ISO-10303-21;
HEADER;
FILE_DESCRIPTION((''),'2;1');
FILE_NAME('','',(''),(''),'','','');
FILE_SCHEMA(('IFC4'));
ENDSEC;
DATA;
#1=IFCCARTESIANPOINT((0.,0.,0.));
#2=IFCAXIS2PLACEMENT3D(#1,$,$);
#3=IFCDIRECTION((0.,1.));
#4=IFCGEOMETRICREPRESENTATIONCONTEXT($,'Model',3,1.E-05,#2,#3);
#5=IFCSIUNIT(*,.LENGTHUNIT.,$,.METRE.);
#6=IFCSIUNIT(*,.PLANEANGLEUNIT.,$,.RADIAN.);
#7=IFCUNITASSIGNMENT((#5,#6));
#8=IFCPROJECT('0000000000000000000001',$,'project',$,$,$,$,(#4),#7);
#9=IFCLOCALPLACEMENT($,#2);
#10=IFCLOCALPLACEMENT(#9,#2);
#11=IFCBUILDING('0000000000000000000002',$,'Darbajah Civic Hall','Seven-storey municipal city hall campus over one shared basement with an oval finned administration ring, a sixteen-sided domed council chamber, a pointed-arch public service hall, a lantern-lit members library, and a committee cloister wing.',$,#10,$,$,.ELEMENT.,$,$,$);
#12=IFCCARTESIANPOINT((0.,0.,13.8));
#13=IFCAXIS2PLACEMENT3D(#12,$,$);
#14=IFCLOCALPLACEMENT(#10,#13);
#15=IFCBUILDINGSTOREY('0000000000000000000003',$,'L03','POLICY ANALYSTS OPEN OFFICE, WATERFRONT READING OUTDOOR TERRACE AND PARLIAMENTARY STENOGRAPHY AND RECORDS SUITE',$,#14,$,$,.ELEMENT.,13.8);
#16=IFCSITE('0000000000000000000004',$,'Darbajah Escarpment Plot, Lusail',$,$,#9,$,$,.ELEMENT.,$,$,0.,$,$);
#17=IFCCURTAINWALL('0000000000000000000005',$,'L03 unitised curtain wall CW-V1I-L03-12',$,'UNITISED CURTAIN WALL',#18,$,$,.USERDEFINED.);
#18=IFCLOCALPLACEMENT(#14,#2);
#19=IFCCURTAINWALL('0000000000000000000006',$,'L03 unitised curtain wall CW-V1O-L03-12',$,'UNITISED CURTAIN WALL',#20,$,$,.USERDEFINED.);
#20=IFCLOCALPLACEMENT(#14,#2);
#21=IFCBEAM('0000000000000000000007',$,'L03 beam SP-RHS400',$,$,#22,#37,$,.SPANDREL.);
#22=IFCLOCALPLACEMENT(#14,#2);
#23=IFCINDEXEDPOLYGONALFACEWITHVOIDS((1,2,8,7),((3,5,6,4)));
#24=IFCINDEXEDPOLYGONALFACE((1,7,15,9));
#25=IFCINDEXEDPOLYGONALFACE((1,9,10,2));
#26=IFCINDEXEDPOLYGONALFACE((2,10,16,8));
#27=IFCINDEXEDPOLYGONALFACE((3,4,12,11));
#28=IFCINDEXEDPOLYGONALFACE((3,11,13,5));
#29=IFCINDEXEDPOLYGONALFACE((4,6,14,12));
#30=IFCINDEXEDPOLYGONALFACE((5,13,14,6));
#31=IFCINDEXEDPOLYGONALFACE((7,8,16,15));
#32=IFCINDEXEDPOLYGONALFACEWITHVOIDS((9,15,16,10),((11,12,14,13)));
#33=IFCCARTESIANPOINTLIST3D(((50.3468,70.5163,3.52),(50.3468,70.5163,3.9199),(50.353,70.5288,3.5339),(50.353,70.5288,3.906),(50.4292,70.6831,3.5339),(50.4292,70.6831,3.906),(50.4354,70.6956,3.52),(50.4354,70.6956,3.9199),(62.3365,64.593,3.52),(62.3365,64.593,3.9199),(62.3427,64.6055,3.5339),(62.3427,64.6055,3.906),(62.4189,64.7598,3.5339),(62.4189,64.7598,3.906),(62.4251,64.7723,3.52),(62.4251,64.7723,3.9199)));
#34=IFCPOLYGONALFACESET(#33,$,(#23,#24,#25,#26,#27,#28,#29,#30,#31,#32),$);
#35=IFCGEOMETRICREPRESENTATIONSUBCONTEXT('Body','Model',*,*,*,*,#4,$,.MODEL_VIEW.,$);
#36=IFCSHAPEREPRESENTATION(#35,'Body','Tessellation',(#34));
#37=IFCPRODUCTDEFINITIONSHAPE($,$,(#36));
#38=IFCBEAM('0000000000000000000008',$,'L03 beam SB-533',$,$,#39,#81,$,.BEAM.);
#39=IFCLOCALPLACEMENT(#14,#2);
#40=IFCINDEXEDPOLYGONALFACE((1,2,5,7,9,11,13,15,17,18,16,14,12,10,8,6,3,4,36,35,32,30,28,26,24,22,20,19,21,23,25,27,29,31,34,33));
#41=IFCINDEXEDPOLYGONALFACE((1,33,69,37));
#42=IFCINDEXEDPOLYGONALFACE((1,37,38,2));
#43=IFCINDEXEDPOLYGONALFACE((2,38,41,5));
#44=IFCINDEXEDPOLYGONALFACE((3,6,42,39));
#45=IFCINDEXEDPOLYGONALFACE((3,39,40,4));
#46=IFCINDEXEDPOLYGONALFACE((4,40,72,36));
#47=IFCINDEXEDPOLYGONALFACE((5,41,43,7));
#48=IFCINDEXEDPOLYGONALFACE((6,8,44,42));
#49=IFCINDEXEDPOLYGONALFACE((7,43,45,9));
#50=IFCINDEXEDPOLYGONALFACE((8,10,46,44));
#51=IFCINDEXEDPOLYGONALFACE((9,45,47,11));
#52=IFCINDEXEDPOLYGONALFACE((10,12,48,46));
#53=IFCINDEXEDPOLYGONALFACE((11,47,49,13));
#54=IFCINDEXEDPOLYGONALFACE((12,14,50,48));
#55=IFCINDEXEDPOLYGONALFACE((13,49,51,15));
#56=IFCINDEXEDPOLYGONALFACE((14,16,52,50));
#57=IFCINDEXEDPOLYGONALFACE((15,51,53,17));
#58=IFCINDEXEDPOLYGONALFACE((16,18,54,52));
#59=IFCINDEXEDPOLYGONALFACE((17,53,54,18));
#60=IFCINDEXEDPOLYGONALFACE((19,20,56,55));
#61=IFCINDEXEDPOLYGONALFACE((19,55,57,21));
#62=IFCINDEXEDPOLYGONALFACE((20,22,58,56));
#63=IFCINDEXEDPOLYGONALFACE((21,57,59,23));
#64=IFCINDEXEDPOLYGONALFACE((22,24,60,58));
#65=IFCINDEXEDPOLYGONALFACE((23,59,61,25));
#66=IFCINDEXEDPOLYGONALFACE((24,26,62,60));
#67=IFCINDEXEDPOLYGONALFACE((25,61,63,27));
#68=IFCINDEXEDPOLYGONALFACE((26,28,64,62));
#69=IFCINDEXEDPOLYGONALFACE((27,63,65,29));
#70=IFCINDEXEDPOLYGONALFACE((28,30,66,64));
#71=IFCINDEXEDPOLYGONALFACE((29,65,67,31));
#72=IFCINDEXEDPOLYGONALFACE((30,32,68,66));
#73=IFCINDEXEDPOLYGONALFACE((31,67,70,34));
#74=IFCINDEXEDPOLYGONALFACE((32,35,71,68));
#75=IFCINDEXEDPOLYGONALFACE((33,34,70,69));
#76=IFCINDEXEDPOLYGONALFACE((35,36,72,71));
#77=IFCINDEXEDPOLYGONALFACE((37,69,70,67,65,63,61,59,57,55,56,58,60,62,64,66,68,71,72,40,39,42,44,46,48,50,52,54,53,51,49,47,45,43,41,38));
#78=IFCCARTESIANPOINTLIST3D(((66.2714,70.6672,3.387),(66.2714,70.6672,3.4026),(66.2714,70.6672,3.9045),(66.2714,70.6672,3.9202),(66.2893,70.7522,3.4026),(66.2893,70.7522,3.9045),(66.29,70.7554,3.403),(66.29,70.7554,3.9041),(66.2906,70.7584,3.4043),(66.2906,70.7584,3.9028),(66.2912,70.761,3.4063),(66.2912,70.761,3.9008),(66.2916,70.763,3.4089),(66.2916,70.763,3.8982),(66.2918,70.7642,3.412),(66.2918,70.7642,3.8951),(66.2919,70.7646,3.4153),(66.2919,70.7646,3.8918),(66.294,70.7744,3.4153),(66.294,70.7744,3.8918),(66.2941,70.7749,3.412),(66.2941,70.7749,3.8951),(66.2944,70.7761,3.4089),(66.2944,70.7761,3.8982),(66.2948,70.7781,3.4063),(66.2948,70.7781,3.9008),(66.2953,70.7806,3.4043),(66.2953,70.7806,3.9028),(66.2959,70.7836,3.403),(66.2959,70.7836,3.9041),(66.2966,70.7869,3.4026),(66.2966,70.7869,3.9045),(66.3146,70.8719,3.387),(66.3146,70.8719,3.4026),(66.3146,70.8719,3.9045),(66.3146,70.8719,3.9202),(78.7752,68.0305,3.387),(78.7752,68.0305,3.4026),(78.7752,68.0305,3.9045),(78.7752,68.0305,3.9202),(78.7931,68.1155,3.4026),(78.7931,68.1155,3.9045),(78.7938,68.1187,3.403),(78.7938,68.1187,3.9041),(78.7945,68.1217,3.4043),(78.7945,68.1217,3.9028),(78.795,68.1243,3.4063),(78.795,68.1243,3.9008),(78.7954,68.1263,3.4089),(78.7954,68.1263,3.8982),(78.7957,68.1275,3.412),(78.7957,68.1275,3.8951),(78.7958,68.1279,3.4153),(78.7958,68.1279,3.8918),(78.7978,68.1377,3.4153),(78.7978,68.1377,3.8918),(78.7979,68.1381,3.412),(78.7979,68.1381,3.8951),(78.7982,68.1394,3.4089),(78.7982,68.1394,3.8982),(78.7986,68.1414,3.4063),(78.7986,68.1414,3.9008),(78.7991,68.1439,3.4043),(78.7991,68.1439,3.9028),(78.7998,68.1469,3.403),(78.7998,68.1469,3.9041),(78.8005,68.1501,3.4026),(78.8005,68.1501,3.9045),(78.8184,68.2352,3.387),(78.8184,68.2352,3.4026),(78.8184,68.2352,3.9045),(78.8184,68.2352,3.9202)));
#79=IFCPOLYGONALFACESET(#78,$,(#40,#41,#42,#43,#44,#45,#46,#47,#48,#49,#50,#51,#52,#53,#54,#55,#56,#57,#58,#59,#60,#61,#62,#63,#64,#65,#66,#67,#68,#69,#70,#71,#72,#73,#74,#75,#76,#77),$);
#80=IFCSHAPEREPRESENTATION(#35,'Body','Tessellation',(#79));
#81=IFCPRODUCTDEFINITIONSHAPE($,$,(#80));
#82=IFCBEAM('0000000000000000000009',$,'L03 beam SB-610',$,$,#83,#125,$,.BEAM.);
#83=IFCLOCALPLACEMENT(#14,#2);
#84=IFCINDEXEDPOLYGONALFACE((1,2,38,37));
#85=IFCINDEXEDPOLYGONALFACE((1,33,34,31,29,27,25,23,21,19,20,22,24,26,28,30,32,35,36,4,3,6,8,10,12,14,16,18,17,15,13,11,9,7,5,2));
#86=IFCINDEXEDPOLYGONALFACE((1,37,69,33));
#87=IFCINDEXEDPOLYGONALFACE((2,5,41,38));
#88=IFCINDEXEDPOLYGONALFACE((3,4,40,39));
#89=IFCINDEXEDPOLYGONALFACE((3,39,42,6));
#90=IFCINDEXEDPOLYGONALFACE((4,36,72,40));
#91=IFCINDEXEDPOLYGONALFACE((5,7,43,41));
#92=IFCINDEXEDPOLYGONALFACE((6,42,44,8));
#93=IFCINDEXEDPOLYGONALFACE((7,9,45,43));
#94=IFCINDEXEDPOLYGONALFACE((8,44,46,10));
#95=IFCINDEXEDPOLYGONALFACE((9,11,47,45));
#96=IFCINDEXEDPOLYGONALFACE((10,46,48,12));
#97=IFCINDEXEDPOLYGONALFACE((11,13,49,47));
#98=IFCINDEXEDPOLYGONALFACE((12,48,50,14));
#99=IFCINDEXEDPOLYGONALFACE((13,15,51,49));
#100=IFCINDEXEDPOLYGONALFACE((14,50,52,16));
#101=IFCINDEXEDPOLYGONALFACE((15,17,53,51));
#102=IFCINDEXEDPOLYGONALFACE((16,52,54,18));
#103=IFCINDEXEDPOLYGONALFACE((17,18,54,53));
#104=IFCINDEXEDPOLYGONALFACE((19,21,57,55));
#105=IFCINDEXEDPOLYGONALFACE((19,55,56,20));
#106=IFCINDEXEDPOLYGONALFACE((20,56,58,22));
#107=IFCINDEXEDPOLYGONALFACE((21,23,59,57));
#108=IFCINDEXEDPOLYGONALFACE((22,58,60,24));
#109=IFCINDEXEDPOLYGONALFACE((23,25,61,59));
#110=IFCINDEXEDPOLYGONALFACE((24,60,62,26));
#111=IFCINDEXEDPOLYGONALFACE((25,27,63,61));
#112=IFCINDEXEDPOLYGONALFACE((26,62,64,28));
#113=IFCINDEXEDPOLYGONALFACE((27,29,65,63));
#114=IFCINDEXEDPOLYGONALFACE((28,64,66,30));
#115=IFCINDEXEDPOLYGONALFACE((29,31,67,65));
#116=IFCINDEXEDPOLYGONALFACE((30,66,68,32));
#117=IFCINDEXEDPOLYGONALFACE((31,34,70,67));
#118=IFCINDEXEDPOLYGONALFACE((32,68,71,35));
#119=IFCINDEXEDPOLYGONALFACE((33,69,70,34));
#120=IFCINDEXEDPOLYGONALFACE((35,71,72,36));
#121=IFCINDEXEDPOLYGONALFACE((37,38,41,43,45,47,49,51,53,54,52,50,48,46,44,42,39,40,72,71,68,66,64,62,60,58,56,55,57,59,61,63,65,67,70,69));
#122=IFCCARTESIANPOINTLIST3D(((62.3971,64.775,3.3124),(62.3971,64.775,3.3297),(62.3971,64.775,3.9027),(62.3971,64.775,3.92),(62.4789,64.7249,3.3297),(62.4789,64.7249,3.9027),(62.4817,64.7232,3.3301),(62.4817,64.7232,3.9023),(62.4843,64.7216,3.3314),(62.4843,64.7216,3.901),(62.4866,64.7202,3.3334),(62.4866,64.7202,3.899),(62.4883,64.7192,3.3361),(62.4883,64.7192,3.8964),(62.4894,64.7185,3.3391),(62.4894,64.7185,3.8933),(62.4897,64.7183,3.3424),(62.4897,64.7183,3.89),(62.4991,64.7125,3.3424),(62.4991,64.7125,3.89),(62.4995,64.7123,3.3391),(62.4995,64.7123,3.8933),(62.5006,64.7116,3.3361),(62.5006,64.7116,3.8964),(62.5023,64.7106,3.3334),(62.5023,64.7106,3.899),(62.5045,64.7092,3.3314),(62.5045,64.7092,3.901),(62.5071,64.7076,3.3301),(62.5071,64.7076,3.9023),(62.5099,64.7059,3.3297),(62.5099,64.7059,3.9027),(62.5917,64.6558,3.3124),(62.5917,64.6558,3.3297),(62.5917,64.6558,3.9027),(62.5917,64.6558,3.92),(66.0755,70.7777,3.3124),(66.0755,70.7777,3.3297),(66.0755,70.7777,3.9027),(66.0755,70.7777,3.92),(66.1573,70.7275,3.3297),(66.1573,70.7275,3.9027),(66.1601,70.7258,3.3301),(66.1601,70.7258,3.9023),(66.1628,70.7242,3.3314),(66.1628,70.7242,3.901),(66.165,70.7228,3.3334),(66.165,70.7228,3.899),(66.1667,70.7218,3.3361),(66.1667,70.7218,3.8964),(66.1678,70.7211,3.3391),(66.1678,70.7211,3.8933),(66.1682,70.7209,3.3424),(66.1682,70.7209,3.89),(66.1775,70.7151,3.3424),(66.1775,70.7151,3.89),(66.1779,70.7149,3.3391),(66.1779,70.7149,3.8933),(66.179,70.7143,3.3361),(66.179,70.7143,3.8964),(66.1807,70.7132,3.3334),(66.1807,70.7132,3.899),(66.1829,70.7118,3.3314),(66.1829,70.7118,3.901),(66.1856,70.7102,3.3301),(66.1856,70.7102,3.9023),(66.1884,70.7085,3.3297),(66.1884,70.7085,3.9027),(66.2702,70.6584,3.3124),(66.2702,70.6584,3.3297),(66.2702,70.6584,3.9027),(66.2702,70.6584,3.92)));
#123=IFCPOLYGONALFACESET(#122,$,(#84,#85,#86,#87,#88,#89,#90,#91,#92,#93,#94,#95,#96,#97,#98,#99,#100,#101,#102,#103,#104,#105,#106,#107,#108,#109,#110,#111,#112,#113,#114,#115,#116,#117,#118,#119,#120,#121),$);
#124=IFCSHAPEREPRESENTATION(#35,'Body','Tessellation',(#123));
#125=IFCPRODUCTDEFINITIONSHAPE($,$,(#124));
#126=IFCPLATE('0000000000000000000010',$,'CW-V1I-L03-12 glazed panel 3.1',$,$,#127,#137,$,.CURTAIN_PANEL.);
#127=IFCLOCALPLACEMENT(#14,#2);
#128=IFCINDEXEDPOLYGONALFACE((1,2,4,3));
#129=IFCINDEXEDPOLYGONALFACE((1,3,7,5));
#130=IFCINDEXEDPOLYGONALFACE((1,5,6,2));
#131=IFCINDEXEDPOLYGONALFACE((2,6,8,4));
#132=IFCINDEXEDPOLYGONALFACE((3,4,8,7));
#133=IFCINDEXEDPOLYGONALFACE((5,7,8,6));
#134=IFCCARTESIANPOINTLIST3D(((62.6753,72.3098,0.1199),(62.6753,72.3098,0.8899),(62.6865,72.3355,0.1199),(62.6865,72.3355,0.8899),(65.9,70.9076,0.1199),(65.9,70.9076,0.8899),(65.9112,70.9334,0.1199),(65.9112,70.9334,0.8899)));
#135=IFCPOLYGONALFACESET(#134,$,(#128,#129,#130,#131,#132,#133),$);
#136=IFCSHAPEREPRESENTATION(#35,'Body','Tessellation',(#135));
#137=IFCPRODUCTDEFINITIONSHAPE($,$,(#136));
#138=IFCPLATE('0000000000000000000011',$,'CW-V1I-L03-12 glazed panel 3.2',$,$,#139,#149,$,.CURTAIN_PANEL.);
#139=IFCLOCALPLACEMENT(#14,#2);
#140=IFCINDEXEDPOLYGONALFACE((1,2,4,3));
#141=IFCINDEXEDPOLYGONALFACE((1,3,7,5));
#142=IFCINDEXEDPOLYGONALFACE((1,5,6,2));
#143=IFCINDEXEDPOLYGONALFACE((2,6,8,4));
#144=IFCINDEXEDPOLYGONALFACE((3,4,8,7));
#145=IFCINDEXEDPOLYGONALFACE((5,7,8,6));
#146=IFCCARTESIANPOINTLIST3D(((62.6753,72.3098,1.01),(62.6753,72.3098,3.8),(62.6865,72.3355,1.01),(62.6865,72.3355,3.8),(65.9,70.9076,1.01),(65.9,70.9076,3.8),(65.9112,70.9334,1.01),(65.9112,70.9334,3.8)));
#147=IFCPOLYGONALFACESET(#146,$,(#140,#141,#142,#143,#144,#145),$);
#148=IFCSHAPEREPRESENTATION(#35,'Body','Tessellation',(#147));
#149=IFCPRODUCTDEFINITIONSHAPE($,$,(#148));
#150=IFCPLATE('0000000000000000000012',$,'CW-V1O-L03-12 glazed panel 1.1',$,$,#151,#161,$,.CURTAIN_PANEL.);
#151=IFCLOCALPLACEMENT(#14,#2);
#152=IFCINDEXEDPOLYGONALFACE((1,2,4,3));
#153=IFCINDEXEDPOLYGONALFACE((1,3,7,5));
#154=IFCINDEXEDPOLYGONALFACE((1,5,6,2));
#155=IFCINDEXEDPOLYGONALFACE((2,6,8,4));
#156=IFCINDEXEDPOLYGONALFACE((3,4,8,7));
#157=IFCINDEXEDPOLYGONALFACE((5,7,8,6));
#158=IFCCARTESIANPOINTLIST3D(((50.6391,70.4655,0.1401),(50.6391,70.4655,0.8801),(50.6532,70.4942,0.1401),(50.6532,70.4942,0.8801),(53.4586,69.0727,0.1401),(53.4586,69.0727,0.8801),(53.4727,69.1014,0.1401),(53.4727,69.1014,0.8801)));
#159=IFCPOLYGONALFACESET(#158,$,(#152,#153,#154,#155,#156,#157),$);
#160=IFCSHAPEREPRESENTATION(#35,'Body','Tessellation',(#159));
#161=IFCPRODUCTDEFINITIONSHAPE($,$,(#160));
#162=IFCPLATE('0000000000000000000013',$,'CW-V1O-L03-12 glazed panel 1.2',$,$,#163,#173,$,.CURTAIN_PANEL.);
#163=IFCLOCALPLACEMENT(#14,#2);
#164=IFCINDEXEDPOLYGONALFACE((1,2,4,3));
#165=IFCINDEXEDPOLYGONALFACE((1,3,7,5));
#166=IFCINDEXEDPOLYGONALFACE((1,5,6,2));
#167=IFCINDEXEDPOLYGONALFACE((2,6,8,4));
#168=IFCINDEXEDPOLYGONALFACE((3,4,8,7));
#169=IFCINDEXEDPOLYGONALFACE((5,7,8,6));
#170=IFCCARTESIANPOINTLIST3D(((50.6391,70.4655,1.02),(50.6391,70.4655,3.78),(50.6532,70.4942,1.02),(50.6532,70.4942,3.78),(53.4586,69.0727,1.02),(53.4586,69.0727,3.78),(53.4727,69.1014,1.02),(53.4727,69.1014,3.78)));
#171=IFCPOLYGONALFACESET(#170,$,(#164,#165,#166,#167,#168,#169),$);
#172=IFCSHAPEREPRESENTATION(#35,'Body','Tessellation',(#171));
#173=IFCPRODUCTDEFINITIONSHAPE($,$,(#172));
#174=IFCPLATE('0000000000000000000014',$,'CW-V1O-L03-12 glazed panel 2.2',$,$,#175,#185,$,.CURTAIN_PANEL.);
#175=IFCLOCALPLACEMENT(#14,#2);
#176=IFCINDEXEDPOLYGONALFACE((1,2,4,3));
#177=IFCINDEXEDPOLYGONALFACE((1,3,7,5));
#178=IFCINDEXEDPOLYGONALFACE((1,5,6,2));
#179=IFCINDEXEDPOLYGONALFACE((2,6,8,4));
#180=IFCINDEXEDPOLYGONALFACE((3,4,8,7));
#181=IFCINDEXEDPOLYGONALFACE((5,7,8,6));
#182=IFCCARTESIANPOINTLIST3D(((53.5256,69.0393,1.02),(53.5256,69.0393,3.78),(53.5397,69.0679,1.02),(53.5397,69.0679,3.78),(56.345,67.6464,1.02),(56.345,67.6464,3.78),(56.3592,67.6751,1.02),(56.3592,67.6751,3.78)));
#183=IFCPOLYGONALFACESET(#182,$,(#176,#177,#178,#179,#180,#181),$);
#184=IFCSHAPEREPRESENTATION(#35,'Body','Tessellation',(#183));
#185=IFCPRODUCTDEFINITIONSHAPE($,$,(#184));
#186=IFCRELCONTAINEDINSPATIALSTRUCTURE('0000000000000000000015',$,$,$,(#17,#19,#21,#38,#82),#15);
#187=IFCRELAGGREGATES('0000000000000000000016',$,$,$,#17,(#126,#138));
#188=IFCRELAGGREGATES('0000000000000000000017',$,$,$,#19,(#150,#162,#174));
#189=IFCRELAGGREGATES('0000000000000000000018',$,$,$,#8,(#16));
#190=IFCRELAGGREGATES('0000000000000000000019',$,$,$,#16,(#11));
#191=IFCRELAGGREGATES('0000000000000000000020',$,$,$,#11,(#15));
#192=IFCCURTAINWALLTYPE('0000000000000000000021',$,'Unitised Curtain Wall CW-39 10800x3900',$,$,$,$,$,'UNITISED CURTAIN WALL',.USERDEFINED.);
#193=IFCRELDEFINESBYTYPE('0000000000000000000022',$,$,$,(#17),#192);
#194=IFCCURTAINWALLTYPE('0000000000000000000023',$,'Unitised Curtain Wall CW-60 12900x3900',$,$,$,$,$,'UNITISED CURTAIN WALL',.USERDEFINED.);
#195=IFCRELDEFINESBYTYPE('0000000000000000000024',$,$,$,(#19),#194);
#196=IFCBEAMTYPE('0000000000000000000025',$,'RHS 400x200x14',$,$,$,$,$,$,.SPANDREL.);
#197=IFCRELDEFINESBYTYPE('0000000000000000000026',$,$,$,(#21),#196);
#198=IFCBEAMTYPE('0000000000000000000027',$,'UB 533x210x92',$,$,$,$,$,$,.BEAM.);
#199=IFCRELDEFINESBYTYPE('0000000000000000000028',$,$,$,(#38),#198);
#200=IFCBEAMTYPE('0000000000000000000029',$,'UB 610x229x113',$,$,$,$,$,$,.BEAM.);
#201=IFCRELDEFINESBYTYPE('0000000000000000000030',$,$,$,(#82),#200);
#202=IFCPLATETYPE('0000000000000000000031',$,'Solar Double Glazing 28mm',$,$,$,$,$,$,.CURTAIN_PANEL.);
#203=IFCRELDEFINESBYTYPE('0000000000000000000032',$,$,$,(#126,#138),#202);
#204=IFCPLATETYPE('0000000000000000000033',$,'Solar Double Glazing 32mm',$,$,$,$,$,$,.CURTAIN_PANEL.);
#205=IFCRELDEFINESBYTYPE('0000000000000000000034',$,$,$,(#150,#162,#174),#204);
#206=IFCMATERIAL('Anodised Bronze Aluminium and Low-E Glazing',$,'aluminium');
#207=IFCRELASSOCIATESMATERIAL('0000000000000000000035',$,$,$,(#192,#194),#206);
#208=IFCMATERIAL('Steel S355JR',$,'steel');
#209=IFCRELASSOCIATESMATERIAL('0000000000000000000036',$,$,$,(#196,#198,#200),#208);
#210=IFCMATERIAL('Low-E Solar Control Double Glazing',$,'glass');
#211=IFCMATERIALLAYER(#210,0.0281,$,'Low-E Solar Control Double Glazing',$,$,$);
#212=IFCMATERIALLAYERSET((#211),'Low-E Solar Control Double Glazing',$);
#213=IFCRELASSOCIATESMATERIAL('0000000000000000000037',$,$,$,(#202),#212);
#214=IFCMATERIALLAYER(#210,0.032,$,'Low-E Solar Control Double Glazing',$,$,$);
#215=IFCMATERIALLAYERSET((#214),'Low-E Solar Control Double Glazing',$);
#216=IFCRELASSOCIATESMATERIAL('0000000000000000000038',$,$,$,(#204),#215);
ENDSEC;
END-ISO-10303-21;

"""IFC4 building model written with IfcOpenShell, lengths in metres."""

from ifc_helpers import new_model, si_unit, direction, frame, origin, origin_2d, place, context, subcontext, project, spatial, rectangle, hollow_rectangle, i_section, extrude, material, layer, layer_set, material_profile, profile_set, type_object, element, aggregate, save


model = new_model("IFC4")

# Units and contexts
model_context = context("Model", 3, precision=1e-05, world=origin(), true_north=direction((0.0, 1.0)))
body_context = subcontext(model_context, "Body", "Model", "MODEL_VIEW")
ifc_project = project(units=[si_unit("LENGTHUNIT", "METRE"), si_unit("PLANEANGLEUNIT", "RADIAN")], contexts=[model_context])

# Site, building, storey
site_placement = place(None, origin())
site = spatial("IfcSite", under=ifc_project, at=site_placement, Name="Darbajah Escarpment Plot, Lusail", CompositionType="ELEMENT", RefElevation=0.0)
building_placement = place(site_placement, origin())
building = spatial("IfcBuilding", under=site, at=building_placement, Name="Darbajah Civic Hall", Description="Seven-storey municipal city hall campus over one shared basement with an oval finned administration ring, a sixteen-sided domed council chamber, a pointed-arch public service hall, a lantern-lit members library, and a committee cloister wing.", CompositionType="ELEMENT")
storey_placement = place(building_placement, frame((0.0, 0.0, 13.8)))
storey = spatial("IfcBuildingStorey", under=building, at=storey_placement, Name="L03", Description="POLICY ANALYSTS OPEN OFFICE, WATERFRONT READING OUTDOOR TERRACE AND PARLIAMENTARY STENOGRAPHY AND RECORDS SUITE", CompositionType="ELEMENT", Elevation=13.8)

# Curtain wall
ifc_material_1 = material(Name="Anodised Bronze Aluminium and Low-E Glazing", Category="aluminium")
curtain_wall_type_1 = type_object("IfcCurtainWallType", Name="Unitised Curtain Wall CW-39 10800x3900", ElementType="UNITISED CURTAIN WALL", PredefinedType="USERDEFINED", material=ifc_material_1)
curtain_wall_1_placement = place(storey_placement, origin())
curtain_wall_1 = element("IfcCurtainWall", 1, at=curtain_wall_1_placement, inside=storey, type_object=curtain_wall_type_1, Name="L03 unitised curtain wall CW-V1I-L03-12", ObjectType="UNITISED CURTAIN WALL", PredefinedType="USERDEFINED")

# Curtain wall
curtain_wall_type_2 = type_object("IfcCurtainWallType", Name="Unitised Curtain Wall CW-60 12900x3900", ElementType="UNITISED CURTAIN WALL", PredefinedType="USERDEFINED", material=ifc_material_1)
curtain_wall_2_placement = place(storey_placement, origin())
curtain_wall_2 = element("IfcCurtainWall", 2, at=curtain_wall_2_placement, inside=storey, type_object=curtain_wall_type_2, Name="L03 unitised curtain wall CW-V1O-L03-12", ObjectType="UNITISED CURTAIN WALL", PredefinedType="USERDEFINED")

# Beams
ifc_material_2 = material(Name="Steel S355JR", Category="steel")
ifc_material_profile_1 = material_profile(ifc_material_2, hollow_rectangle(XDim=0.2, YDim=0.3999, WallThickness=0.0139, at=origin_2d()), Name="RHS 400x200x14")
ifc_profile_set_1 = profile_set([ifc_material_profile_1], Name="Steel S355JR")
beam_type_1 = type_object("IfcBeamType", Name="RHS 400x200x14", PredefinedType="SPANDREL", material=ifc_profile_set_1)
beam_1_placement = place(storey_placement, frame((50.3911, 70.606, 3.72), z_axis=(0.896557, -0.442929, 0.0), x_axis=(0.442929, 0.896557, 0.0)))
element("IfcBeam", 3, at=beam_1_placement, inside=storey, type_object=beam_type_1, Name="L03 beam SP-RHS400", PredefinedType="SPANDREL", context=body_context, shape_type="SweptSolid", body=[
    extrude(hollow_rectangle(XDim=0.2, YDim=0.3999, WallThickness=0.0139, at=origin_2d()), origin(), (0.0, 0.0, 1.0), 13.373),
])
ifc_material_profile_2 = material_profile(ifc_material_2, i_section(OverallWidth=0.2092, OverallDepth=0.5332, WebThickness=0.01, FlangeThickness=0.0156, FilletRadius=0.0127, at=origin_2d()), Name="UB 533x210x92")
ifc_profile_set_2 = profile_set([ifc_material_profile_2], Name="Steel S355JR")
beam_type_2 = type_object("IfcBeamType", Name="UB 533x210x92", PredefinedType="BEAM", material=ifc_profile_set_2)
beam_2_placement = place(storey_placement, frame((66.293, 70.7695, 3.6536), z_axis=(0.978482, -0.206334, 0.0), x_axis=(0.206334, 0.978482, 0.0)))
element("IfcBeam", 4, at=beam_2_placement, inside=storey, type_object=beam_type_2, Name="L03 beam SB-533", PredefinedType="BEAM", context=body_context, shape_type="SweptSolid", body=[
    extrude(i_section(OverallWidth=0.2092, OverallDepth=0.5332, WebThickness=0.01, FlangeThickness=0.0156, FilletRadius=0.0127, at=origin_2d()), origin(), (0.0, 0.0, 1.0), 12.7788),
])
ifc_material_profile_3 = material_profile(ifc_material_2, i_section(OverallWidth=0.2283, OverallDepth=0.6077, WebThickness=0.011, FlangeThickness=0.0173, FilletRadius=0.0127, at=origin_2d()), Name="UB 610x229x113")
ifc_profile_set_3 = profile_set([ifc_material_profile_3], Name="Steel S355JR")
beam_type_3 = type_object("IfcBeamType", Name="UB 610x229x113", PredefinedType="BEAM", material=ifc_profile_set_3)
beam_3_placement = place(storey_placement, frame((66.1729, 70.718, 3.6162), z_axis=(-0.5225, -0.852639, 0.0), x_axis=(0.852639, -0.5225, 0.0)))
element("IfcBeam", 5, at=beam_3_placement, inside=storey, type_object=beam_type_3, Name="L03 beam SB-610", PredefinedType="BEAM", context=body_context, shape_type="SweptSolid", body=[
    extrude(i_section(OverallWidth=0.2283, OverallDepth=0.6077, WebThickness=0.011, FlangeThickness=0.0173, FilletRadius=0.0127, at=origin_2d()), origin(), (0.0, 0.0, 1.0), 7.04),
])

# Plates
ifc_material_3 = material(Name="Low-E Solar Control Double Glazing", Category="glass")
ifc_layer_1 = layer(ifc_material_3, 0.0281, Name="Low-E Solar Control Double Glazing")
ifc_layer_set_1 = layer_set([ifc_layer_1], Name="Low-E Solar Control Double Glazing")
plate_type_1 = type_object("IfcPlateType", Name="Solar Double Glazing 28mm", PredefinedType="CURTAIN_PANEL", material=ifc_layer_set_1)
plate_1_placement = place(storey_placement, frame((64.2932, 71.6216, 0.1199), z_axis=(0.0, 0.0, 1.0), x_axis=(0.91706, -0.398749, 0.0)))
plate_1 = element("IfcPlate", 6, at=plate_1_placement, type_object=plate_type_1, Name="CW-V1I-L03-12 glazed panel 3.1", PredefinedType="CURTAIN_PANEL", context=body_context, shape_type="SweptSolid", body=[
    extrude(rectangle(XDim=3.5164, YDim=0.0281, at=origin_2d()), origin(), (0.0, 0.0, 1.0), 0.77),
])
plate_2_placement = place(storey_placement, frame((64.2932, 71.6216, 1.01), z_axis=(0.0, 0.0, 1.0), x_axis=(0.91706, -0.398749, 0.0)))
plate_2 = element("IfcPlate", 7, at=plate_2_placement, type_object=plate_type_1, Name="CW-V1I-L03-12 glazed panel 3.2", PredefinedType="CURTAIN_PANEL", context=body_context, shape_type="SweptSolid", body=[
    extrude(rectangle(XDim=3.5164, YDim=0.0281, at=origin_2d()), origin(), (0.0, 0.0, 1.0), 2.79),
])
aggregate(curtain_wall_1, [plate_1, plate_2])
ifc_layer_2 = layer(ifc_material_3, 0.032, Name="Low-E Solar Control Double Glazing")
ifc_layer_set_2 = layer_set([ifc_layer_2], Name="Low-E Solar Control Double Glazing")
plate_type_2 = type_object("IfcPlateType", Name="Solar Double Glazing 32mm", PredefinedType="CURTAIN_PANEL", material=ifc_layer_set_2)
plate_3_placement = place(storey_placement, frame((52.0559, 69.7834, 0.1401), z_axis=(0.0, 0.0, 1.0), x_axis=(0.896564, -0.442915, 0.0)))
plate_3 = element("IfcPlate", 8, at=plate_3_placement, type_object=plate_type_2, Name="CW-V1O-L03-12 glazed panel 1.1", PredefinedType="CURTAIN_PANEL", context=body_context, shape_type="SweptSolid", body=[
    extrude(rectangle(XDim=3.1448, YDim=0.032, at=origin_2d()), origin(), (0.0, 0.0, 1.0), 0.74),
])
plate_4_placement = place(storey_placement, frame((52.0559, 69.7834, 1.02), z_axis=(0.0, 0.0, 1.0), x_axis=(0.896564, -0.442915, 0.0)))
plate_4 = element("IfcPlate", 9, at=plate_4_placement, type_object=plate_type_2, Name="CW-V1O-L03-12 glazed panel 1.2", PredefinedType="CURTAIN_PANEL", context=body_context, shape_type="SweptSolid", body=[
    extrude(rectangle(XDim=3.1448, YDim=0.032, at=origin_2d()), origin(), (0.0, 0.0, 1.0), 2.76),
])
plate_5_placement = place(storey_placement, frame((54.9424, 68.3572, 1.02), z_axis=(0.0, 0.0, 1.0), x_axis=(0.896564, -0.442915, 0.0)))
plate_5 = element("IfcPlate", 10, at=plate_5_placement, type_object=plate_type_2, Name="CW-V1O-L03-12 glazed panel 2.2", PredefinedType="CURTAIN_PANEL", context=body_context, shape_type="SweptSolid", body=[
    extrude(rectangle(XDim=3.1448, YDim=0.032, at=origin_2d()), origin(), (0.0, 0.0, 1.0), 2.76),
])
aggregate(curtain_wall_2, [plate_3, plate_4, plate_5])

save(model, "model.ifc")
